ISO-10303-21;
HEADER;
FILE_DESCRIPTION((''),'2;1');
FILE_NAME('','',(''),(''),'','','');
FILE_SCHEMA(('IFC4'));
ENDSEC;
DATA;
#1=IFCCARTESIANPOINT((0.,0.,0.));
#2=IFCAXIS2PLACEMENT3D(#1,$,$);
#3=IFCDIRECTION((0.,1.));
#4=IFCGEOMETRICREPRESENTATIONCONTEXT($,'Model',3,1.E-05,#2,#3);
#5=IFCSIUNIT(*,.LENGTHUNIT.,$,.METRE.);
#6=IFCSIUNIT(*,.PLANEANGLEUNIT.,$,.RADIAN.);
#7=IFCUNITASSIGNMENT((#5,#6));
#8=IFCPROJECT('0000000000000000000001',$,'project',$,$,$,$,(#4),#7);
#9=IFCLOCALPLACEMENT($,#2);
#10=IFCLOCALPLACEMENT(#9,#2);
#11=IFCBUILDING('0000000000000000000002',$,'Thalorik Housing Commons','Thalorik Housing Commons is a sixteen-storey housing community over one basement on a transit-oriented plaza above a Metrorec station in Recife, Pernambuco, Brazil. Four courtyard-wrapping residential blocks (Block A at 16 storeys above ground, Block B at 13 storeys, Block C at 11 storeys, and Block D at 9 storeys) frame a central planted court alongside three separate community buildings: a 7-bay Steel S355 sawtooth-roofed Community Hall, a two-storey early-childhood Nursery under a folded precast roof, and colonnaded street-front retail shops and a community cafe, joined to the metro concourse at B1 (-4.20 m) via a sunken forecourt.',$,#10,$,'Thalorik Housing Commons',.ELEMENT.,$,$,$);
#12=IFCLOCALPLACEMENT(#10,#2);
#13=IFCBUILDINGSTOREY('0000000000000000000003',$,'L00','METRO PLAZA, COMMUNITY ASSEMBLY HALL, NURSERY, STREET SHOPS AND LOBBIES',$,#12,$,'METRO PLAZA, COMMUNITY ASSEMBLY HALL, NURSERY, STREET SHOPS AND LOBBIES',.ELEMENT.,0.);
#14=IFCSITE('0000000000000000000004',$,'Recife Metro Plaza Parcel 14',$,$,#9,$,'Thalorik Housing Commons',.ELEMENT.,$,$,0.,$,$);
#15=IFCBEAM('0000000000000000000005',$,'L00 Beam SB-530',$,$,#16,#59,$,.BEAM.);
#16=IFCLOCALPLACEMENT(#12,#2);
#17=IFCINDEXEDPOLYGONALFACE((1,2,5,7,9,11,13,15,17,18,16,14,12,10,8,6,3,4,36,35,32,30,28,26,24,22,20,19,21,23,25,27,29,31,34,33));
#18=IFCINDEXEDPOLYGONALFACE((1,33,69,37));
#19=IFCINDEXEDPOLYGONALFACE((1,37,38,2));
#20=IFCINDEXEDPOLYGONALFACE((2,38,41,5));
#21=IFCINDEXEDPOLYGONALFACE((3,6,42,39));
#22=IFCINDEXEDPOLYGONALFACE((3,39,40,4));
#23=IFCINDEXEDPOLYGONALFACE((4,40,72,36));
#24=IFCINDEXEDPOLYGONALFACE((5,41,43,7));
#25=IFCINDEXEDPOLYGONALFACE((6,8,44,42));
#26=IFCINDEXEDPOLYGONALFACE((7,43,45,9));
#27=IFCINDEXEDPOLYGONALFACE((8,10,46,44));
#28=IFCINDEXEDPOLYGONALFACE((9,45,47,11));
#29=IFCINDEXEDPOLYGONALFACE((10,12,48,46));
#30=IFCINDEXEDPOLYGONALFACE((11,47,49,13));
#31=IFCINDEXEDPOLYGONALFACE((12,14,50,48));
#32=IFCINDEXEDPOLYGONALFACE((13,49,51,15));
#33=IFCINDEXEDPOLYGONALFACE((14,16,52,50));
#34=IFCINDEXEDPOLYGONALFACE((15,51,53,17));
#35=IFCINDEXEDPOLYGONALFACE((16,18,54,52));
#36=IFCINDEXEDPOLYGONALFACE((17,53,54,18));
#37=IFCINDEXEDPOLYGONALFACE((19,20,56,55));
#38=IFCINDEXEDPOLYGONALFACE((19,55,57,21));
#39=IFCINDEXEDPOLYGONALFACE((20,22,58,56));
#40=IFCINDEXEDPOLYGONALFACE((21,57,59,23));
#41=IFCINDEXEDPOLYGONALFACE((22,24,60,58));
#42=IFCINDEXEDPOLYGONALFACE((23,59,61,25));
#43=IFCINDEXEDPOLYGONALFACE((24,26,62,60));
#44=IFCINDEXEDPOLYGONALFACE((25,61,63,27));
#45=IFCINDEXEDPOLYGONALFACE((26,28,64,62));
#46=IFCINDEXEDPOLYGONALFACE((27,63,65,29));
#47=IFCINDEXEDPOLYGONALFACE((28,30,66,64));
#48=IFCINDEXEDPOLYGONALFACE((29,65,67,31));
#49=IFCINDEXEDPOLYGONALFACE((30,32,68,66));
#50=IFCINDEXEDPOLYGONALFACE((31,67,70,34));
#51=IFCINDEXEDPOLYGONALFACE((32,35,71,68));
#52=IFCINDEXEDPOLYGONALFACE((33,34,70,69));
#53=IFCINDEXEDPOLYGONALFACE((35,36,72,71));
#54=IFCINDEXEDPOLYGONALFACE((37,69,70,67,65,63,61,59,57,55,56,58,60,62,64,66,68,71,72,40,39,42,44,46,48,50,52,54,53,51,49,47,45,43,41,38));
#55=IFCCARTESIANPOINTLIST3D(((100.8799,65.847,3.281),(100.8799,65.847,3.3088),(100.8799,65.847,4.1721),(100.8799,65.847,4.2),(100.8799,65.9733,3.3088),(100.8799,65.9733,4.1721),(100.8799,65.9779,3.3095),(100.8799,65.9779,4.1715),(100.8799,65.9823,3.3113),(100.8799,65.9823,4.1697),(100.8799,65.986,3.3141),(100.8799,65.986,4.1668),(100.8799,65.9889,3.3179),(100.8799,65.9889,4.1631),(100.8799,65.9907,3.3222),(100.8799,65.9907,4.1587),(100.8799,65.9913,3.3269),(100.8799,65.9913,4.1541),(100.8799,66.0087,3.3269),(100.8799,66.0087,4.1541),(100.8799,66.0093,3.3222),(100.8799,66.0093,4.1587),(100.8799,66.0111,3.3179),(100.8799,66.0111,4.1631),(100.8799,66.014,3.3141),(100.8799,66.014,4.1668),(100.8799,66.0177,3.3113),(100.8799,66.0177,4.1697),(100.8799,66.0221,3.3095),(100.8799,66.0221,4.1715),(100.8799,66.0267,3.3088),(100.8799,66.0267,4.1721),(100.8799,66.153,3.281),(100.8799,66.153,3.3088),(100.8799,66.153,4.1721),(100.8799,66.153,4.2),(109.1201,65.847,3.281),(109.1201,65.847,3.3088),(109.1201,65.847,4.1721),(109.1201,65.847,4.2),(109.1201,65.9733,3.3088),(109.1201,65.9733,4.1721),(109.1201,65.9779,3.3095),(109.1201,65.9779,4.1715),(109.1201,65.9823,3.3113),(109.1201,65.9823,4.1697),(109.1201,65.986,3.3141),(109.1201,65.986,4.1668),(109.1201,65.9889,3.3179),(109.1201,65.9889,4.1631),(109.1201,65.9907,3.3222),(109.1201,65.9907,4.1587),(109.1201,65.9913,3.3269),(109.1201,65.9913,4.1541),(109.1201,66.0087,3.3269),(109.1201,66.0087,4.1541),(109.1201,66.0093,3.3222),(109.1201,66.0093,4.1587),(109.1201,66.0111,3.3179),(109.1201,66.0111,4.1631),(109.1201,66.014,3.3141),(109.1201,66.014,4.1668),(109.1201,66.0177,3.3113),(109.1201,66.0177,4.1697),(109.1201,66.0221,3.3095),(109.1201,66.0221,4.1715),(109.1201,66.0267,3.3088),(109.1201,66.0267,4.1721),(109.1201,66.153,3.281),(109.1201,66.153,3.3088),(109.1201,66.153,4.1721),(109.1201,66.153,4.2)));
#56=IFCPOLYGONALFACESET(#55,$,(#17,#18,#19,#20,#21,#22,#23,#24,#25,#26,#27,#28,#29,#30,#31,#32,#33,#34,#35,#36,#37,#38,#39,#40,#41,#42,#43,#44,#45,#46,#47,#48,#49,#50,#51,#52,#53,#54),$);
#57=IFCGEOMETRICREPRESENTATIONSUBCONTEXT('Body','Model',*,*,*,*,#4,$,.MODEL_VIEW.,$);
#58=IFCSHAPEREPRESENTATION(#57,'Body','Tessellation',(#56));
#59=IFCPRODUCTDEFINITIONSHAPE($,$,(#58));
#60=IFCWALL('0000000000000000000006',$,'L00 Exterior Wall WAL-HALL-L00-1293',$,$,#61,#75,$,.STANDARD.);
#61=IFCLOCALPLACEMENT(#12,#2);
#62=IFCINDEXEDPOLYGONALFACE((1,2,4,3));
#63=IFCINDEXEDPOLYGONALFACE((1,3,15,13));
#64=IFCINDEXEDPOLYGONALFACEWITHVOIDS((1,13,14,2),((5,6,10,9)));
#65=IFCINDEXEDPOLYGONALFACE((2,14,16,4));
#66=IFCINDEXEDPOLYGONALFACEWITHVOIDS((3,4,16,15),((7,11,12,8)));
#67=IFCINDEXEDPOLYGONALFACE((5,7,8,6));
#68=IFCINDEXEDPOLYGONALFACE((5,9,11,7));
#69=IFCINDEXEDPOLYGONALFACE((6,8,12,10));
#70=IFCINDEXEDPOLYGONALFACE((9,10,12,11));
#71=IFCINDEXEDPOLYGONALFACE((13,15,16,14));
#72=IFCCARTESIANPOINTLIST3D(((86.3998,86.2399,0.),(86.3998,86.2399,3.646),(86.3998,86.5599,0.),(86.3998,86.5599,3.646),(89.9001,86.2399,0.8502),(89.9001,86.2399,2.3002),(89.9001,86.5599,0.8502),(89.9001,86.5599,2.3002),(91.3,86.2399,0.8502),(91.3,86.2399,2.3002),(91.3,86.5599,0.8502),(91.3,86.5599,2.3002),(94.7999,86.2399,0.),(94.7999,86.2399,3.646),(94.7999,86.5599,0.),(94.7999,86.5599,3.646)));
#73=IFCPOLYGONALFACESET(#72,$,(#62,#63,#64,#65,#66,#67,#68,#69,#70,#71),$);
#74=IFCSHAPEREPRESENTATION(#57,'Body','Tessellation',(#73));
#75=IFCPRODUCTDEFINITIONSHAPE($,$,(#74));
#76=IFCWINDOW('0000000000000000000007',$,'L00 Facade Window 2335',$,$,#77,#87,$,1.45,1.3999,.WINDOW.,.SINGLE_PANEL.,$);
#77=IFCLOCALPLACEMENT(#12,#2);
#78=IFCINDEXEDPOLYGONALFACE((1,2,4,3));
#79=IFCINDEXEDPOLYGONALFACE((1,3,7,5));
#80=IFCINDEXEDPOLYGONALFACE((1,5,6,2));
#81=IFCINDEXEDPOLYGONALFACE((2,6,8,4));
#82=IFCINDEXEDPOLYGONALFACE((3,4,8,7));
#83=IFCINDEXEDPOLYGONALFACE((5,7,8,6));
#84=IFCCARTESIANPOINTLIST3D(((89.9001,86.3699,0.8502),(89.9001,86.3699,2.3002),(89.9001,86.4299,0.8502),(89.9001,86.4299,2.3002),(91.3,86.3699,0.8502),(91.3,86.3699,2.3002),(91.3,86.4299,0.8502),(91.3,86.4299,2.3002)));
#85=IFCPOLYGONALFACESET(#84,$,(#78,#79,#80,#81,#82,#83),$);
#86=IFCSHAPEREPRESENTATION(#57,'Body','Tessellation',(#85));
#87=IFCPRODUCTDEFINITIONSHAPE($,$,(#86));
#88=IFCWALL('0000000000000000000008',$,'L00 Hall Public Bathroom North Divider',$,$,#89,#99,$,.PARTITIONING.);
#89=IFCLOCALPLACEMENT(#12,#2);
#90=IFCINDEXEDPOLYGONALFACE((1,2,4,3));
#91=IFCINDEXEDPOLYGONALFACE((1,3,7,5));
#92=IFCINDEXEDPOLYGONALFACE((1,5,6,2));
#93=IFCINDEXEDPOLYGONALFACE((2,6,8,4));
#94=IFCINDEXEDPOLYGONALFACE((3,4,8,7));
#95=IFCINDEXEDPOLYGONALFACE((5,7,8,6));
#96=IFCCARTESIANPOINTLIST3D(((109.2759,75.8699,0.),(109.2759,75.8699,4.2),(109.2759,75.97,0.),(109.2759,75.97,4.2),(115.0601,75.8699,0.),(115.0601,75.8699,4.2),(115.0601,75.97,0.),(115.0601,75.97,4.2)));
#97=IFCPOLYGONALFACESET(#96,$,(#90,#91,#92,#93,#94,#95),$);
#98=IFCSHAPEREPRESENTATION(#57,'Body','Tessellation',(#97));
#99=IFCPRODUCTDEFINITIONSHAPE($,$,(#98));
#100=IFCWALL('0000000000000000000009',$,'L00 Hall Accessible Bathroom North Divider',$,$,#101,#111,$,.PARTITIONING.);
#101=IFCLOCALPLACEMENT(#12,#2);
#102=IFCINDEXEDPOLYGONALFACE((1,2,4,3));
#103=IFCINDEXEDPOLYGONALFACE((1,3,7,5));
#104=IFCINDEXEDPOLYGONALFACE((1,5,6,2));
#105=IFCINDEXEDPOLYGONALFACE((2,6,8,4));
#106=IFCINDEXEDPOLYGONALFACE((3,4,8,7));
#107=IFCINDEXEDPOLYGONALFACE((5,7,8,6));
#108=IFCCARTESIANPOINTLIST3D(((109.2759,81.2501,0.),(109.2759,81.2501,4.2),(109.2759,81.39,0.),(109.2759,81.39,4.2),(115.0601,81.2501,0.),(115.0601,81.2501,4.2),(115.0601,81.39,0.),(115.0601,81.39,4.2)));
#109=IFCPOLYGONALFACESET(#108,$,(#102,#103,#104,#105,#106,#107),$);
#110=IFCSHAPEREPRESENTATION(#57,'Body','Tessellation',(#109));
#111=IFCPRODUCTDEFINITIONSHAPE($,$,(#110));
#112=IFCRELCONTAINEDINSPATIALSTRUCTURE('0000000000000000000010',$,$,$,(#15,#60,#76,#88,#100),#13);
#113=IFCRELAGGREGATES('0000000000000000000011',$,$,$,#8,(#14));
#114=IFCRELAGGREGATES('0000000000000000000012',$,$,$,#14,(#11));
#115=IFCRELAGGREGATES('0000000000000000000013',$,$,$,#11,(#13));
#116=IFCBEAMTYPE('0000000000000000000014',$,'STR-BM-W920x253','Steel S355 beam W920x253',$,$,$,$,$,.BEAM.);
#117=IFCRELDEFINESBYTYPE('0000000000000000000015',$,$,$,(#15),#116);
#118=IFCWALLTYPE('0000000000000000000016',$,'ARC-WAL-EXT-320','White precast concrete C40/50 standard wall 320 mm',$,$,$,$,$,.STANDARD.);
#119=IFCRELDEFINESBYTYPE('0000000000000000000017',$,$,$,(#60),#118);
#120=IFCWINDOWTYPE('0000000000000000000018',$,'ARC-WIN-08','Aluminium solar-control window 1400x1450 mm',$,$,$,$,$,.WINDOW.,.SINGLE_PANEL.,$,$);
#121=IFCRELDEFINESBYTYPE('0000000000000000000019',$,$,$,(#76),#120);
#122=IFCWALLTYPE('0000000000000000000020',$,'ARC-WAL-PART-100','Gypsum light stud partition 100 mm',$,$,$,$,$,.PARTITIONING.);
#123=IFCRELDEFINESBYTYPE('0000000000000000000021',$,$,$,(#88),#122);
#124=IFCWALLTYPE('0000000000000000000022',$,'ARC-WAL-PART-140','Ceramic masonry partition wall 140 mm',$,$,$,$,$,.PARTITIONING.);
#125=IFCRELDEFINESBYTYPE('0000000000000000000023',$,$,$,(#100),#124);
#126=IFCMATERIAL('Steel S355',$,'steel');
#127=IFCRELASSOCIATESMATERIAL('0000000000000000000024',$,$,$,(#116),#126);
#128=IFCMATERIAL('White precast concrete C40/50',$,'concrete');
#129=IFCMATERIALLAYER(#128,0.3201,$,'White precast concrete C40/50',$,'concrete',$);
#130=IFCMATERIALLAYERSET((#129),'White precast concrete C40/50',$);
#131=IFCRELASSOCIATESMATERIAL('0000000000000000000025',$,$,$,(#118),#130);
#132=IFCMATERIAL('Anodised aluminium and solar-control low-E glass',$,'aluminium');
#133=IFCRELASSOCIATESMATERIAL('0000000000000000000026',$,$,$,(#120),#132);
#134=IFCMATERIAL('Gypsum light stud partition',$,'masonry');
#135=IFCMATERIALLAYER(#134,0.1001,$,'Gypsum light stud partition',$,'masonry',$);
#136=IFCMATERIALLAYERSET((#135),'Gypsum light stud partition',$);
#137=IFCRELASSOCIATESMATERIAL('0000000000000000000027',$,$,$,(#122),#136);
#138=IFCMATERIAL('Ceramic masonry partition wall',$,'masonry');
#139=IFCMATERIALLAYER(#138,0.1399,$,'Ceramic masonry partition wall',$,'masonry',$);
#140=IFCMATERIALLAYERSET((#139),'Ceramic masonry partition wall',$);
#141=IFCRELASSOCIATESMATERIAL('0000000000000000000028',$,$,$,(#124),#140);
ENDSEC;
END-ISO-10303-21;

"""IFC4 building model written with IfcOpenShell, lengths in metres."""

from ifc_helpers import new_model, si_unit, direction, frame, frame_2d, origin, origin_2d, place, context, subcontext, project, spatial, rectangle, i_section, extrude, material, layer, layer_set, material_profile, profile_set, type_object, element, fill, save


model = new_model("IFC4")

# Units and contexts
model_context = context("Model", 3, precision=1e-05, world=origin(), true_north=direction((0.0, 1.0)))
body_context = subcontext(model_context, "Body", "Model", "MODEL_VIEW")
ifc_project = project(units=[si_unit("LENGTHUNIT", "METRE"), si_unit("PLANEANGLEUNIT", "RADIAN")], contexts=[model_context])

# Site, building, storey
site_placement = place(None, origin())
site = spatial("IfcSite", under=ifc_project, at=site_placement, Name="Recife Metro Plaza Parcel 14", LongName="Thalorik Housing Commons", CompositionType="ELEMENT", RefElevation=0.0)
building_placement = place(site_placement, origin())
building = spatial("IfcBuilding", under=site, at=building_placement, Name="Thalorik Housing Commons", Description="Thalorik Housing Commons is a sixteen-storey housing community over one basement on a transit-oriented plaza above a Metrorec station in Recife, Pernambuco, Brazil. Four courtyard-wrapping residential blocks (Block A at 16 storeys above ground, Block B at 13 storeys, Block C at 11 storeys, and Block D at 9 storeys) frame a central planted court alongside three separate community buildings: a 7-bay Steel S355 sawtooth-roofed Community Hall, a two-storey early-childhood Nursery under a folded precast roof, and colonnaded street-front retail shops and a community cafe, joined to the metro concourse at B1 (-4.20 m) via a sunken forecourt.", LongName="Thalorik Housing Commons", CompositionType="ELEMENT")
storey_placement = place(building_placement, origin())
storey = spatial("IfcBuildingStorey", under=building, at=storey_placement, Name="L00", Description="METRO PLAZA, COMMUNITY ASSEMBLY HALL, NURSERY, STREET SHOPS AND LOBBIES", LongName="METRO PLAZA, COMMUNITY ASSEMBLY HALL, NURSERY, STREET SHOPS AND LOBBIES", CompositionType="ELEMENT", Elevation=0.0)

# Shared definitions
ifc_material_1 = material(Name="Steel S355", Category="steel")

# Beam
ifc_material_profile_1 = material_profile(ifc_material_1, i_section(OverallWidth=0.3059, OverallDepth=0.9189, WebThickness=0.0173, FlangeThickness=0.0278, FilletRadius=0.0181, at=origin_2d()), Name="W920x253", Category="steel")
ifc_profile_set_1 = profile_set([ifc_material_profile_1], Name="Steel S355")
beam_type_1 = type_object("IfcBeamType", Name="STR-BM-W920x253", Description="Steel S355 beam W920x253", PredefinedType="BEAM", material=ifc_profile_set_1)
beam_1_placement = place(storey_placement, frame((100.8799, 66.0, 3.7405), z_axis=(1.0, 0.0, 0.0), x_axis=(0.0, 1.0, 0.0)))
element("IfcBeam", 1, at=beam_1_placement, inside=storey, type_object=beam_type_1, Name="L00 Beam SB-530", PredefinedType="BEAM", context=body_context, shape_type="SweptSolid", body=[
    extrude(i_section(OverallWidth=0.3059, OverallDepth=0.9189, WebThickness=0.0173, FlangeThickness=0.0278, FilletRadius=0.0181, at=origin_2d()), origin(), (0.0, 0.0, 1.0), 8.2402),
])

# Wall, opening, window
ifc_material_2 = material(Name="White precast concrete C40/50", Category="concrete")
ifc_layer_1 = layer(ifc_material_2, 0.3201, Name="White precast concrete C40/50", Category="concrete")
ifc_layer_set_1 = layer_set([ifc_layer_1], Name="White precast concrete C40/50")
wall_type_1 = type_object("IfcWallType", Name="ARC-WAL-EXT-320", Description="White precast concrete C40/50 standard wall 320 mm", PredefinedType="STANDARD", material=ifc_layer_set_1)
wall_1_placement = place(storey_placement, frame((94.8, 86.3999, 0.0), z_axis=(0.0, 0.0, 1.0), x_axis=(-1.0, 0.0, 0.0)))
wall_1 = element("IfcWall", 2, at=wall_1_placement, inside=storey, type_object=wall_type_1, Name="L00 Exterior Wall WAL-HALL-L00-1293", PredefinedType="STANDARD", context=body_context, shape_type="SweptSolid", body=[
    extrude(rectangle(XDim=8.4001, YDim=0.3201, at=frame_2d((4.2002, 0.0))), origin(), (0.0, 0.0, 1.0), 3.646),
])
opening_1_placement = place(wall_1_placement, frame((3.5, 0.0, 0.8501)))
opening_1 = element("IfcOpeningElement", 3, at=opening_1_placement, cuts=wall_1, PredefinedType="OPENING", context=body_context, shape_type="SweptSolid", body=[
    extrude(rectangle(XDim=1.3999, YDim=1.45, at=frame_2d((0.7, 0.7251))), frame((0.0, 0.1699, 0.0), z_axis=(0.0, -1.0, 0.0), x_axis=(1.0, 0.0, 0.0)), (0.0, 0.0, 1.0), 0.3401),
])
ifc_material_3 = material(Name="Anodised aluminium and solar-control low-E glass", Category="aluminium")
window_type = type_object("IfcWindowType", Name="ARC-WIN-08", Description="Aluminium solar-control window 1400x1450 mm", PartitioningType="SINGLE_PANEL", PredefinedType="WINDOW", material=ifc_material_3)
window_placement = place(opening_1_placement, origin())
window = element("IfcWindow", 4, at=window_placement, inside=storey, type_object=window_type, Name="L00 Facade Window 2335", OverallHeight=1.45, OverallWidth=1.3999, PartitioningType="SINGLE_PANEL", PredefinedType="WINDOW", context=body_context, shape_type="SweptSolid", body=[
    extrude(rectangle(XDim=1.3999, YDim=1.45, at=frame_2d((0.7, 0.7251))), frame((0.0, 0.03, 0.0), z_axis=(0.0, -1.0, 0.0), x_axis=(1.0, 0.0, 0.0)), (0.0, 0.0, 1.0), 0.0601),
])
fill(opening_1, window)

# Walls
ifc_material_4 = material(Name="Gypsum light stud partition", Category="masonry")
ifc_layer_2 = layer(ifc_material_4, 0.1001, Name="Gypsum light stud partition", Category="masonry")
ifc_layer_set_2 = layer_set([ifc_layer_2], Name="Gypsum light stud partition")
wall_type_2 = type_object("IfcWallType", Name="ARC-WAL-PART-100", Description="Gypsum light stud partition 100 mm", PredefinedType="PARTITIONING", material=ifc_layer_set_2)
wall_2_placement = place(storey_placement, frame((109.2759, 75.9199, 0.0), z_axis=(0.0, 0.0, 1.0), x_axis=(1.0, 0.0, 0.0)))
element("IfcWall", 5, at=wall_2_placement, inside=storey, type_object=wall_type_2, Name="L00 Hall Public Bathroom North Divider", PredefinedType="PARTITIONING", context=body_context, shape_type="SweptSolid", body=[
    extrude(rectangle(XDim=5.7842, YDim=0.1001, at=frame_2d((2.8921, 0.0))), origin(), (0.0, 0.0, 1.0), 4.2),
])
ifc_material_5 = material(Name="Ceramic masonry partition wall", Category="masonry")
ifc_layer_3 = layer(ifc_material_5, 0.1399, Name="Ceramic masonry partition wall", Category="masonry")
ifc_layer_set_3 = layer_set([ifc_layer_3], Name="Ceramic masonry partition wall")
wall_type_3 = type_object("IfcWallType", Name="ARC-WAL-PART-140", Description="Ceramic masonry partition wall 140 mm", PredefinedType="PARTITIONING", material=ifc_layer_set_3)
wall_3_placement = place(storey_placement, frame((109.2759, 81.3201, 0.0), z_axis=(0.0, 0.0, 1.0), x_axis=(1.0, 0.0, 0.0)))
element("IfcWall", 6, at=wall_3_placement, inside=storey, type_object=wall_type_3, Name="L00 Hall Accessible Bathroom North Divider", PredefinedType="PARTITIONING", context=body_context, shape_type="SweptSolid", body=[
    extrude(rectangle(XDim=5.7842, YDim=0.1399, at=frame_2d((2.8921, 0.0))), origin(), (0.0, 0.0, 1.0), 4.2),
])

save(model, "model.ifc")
